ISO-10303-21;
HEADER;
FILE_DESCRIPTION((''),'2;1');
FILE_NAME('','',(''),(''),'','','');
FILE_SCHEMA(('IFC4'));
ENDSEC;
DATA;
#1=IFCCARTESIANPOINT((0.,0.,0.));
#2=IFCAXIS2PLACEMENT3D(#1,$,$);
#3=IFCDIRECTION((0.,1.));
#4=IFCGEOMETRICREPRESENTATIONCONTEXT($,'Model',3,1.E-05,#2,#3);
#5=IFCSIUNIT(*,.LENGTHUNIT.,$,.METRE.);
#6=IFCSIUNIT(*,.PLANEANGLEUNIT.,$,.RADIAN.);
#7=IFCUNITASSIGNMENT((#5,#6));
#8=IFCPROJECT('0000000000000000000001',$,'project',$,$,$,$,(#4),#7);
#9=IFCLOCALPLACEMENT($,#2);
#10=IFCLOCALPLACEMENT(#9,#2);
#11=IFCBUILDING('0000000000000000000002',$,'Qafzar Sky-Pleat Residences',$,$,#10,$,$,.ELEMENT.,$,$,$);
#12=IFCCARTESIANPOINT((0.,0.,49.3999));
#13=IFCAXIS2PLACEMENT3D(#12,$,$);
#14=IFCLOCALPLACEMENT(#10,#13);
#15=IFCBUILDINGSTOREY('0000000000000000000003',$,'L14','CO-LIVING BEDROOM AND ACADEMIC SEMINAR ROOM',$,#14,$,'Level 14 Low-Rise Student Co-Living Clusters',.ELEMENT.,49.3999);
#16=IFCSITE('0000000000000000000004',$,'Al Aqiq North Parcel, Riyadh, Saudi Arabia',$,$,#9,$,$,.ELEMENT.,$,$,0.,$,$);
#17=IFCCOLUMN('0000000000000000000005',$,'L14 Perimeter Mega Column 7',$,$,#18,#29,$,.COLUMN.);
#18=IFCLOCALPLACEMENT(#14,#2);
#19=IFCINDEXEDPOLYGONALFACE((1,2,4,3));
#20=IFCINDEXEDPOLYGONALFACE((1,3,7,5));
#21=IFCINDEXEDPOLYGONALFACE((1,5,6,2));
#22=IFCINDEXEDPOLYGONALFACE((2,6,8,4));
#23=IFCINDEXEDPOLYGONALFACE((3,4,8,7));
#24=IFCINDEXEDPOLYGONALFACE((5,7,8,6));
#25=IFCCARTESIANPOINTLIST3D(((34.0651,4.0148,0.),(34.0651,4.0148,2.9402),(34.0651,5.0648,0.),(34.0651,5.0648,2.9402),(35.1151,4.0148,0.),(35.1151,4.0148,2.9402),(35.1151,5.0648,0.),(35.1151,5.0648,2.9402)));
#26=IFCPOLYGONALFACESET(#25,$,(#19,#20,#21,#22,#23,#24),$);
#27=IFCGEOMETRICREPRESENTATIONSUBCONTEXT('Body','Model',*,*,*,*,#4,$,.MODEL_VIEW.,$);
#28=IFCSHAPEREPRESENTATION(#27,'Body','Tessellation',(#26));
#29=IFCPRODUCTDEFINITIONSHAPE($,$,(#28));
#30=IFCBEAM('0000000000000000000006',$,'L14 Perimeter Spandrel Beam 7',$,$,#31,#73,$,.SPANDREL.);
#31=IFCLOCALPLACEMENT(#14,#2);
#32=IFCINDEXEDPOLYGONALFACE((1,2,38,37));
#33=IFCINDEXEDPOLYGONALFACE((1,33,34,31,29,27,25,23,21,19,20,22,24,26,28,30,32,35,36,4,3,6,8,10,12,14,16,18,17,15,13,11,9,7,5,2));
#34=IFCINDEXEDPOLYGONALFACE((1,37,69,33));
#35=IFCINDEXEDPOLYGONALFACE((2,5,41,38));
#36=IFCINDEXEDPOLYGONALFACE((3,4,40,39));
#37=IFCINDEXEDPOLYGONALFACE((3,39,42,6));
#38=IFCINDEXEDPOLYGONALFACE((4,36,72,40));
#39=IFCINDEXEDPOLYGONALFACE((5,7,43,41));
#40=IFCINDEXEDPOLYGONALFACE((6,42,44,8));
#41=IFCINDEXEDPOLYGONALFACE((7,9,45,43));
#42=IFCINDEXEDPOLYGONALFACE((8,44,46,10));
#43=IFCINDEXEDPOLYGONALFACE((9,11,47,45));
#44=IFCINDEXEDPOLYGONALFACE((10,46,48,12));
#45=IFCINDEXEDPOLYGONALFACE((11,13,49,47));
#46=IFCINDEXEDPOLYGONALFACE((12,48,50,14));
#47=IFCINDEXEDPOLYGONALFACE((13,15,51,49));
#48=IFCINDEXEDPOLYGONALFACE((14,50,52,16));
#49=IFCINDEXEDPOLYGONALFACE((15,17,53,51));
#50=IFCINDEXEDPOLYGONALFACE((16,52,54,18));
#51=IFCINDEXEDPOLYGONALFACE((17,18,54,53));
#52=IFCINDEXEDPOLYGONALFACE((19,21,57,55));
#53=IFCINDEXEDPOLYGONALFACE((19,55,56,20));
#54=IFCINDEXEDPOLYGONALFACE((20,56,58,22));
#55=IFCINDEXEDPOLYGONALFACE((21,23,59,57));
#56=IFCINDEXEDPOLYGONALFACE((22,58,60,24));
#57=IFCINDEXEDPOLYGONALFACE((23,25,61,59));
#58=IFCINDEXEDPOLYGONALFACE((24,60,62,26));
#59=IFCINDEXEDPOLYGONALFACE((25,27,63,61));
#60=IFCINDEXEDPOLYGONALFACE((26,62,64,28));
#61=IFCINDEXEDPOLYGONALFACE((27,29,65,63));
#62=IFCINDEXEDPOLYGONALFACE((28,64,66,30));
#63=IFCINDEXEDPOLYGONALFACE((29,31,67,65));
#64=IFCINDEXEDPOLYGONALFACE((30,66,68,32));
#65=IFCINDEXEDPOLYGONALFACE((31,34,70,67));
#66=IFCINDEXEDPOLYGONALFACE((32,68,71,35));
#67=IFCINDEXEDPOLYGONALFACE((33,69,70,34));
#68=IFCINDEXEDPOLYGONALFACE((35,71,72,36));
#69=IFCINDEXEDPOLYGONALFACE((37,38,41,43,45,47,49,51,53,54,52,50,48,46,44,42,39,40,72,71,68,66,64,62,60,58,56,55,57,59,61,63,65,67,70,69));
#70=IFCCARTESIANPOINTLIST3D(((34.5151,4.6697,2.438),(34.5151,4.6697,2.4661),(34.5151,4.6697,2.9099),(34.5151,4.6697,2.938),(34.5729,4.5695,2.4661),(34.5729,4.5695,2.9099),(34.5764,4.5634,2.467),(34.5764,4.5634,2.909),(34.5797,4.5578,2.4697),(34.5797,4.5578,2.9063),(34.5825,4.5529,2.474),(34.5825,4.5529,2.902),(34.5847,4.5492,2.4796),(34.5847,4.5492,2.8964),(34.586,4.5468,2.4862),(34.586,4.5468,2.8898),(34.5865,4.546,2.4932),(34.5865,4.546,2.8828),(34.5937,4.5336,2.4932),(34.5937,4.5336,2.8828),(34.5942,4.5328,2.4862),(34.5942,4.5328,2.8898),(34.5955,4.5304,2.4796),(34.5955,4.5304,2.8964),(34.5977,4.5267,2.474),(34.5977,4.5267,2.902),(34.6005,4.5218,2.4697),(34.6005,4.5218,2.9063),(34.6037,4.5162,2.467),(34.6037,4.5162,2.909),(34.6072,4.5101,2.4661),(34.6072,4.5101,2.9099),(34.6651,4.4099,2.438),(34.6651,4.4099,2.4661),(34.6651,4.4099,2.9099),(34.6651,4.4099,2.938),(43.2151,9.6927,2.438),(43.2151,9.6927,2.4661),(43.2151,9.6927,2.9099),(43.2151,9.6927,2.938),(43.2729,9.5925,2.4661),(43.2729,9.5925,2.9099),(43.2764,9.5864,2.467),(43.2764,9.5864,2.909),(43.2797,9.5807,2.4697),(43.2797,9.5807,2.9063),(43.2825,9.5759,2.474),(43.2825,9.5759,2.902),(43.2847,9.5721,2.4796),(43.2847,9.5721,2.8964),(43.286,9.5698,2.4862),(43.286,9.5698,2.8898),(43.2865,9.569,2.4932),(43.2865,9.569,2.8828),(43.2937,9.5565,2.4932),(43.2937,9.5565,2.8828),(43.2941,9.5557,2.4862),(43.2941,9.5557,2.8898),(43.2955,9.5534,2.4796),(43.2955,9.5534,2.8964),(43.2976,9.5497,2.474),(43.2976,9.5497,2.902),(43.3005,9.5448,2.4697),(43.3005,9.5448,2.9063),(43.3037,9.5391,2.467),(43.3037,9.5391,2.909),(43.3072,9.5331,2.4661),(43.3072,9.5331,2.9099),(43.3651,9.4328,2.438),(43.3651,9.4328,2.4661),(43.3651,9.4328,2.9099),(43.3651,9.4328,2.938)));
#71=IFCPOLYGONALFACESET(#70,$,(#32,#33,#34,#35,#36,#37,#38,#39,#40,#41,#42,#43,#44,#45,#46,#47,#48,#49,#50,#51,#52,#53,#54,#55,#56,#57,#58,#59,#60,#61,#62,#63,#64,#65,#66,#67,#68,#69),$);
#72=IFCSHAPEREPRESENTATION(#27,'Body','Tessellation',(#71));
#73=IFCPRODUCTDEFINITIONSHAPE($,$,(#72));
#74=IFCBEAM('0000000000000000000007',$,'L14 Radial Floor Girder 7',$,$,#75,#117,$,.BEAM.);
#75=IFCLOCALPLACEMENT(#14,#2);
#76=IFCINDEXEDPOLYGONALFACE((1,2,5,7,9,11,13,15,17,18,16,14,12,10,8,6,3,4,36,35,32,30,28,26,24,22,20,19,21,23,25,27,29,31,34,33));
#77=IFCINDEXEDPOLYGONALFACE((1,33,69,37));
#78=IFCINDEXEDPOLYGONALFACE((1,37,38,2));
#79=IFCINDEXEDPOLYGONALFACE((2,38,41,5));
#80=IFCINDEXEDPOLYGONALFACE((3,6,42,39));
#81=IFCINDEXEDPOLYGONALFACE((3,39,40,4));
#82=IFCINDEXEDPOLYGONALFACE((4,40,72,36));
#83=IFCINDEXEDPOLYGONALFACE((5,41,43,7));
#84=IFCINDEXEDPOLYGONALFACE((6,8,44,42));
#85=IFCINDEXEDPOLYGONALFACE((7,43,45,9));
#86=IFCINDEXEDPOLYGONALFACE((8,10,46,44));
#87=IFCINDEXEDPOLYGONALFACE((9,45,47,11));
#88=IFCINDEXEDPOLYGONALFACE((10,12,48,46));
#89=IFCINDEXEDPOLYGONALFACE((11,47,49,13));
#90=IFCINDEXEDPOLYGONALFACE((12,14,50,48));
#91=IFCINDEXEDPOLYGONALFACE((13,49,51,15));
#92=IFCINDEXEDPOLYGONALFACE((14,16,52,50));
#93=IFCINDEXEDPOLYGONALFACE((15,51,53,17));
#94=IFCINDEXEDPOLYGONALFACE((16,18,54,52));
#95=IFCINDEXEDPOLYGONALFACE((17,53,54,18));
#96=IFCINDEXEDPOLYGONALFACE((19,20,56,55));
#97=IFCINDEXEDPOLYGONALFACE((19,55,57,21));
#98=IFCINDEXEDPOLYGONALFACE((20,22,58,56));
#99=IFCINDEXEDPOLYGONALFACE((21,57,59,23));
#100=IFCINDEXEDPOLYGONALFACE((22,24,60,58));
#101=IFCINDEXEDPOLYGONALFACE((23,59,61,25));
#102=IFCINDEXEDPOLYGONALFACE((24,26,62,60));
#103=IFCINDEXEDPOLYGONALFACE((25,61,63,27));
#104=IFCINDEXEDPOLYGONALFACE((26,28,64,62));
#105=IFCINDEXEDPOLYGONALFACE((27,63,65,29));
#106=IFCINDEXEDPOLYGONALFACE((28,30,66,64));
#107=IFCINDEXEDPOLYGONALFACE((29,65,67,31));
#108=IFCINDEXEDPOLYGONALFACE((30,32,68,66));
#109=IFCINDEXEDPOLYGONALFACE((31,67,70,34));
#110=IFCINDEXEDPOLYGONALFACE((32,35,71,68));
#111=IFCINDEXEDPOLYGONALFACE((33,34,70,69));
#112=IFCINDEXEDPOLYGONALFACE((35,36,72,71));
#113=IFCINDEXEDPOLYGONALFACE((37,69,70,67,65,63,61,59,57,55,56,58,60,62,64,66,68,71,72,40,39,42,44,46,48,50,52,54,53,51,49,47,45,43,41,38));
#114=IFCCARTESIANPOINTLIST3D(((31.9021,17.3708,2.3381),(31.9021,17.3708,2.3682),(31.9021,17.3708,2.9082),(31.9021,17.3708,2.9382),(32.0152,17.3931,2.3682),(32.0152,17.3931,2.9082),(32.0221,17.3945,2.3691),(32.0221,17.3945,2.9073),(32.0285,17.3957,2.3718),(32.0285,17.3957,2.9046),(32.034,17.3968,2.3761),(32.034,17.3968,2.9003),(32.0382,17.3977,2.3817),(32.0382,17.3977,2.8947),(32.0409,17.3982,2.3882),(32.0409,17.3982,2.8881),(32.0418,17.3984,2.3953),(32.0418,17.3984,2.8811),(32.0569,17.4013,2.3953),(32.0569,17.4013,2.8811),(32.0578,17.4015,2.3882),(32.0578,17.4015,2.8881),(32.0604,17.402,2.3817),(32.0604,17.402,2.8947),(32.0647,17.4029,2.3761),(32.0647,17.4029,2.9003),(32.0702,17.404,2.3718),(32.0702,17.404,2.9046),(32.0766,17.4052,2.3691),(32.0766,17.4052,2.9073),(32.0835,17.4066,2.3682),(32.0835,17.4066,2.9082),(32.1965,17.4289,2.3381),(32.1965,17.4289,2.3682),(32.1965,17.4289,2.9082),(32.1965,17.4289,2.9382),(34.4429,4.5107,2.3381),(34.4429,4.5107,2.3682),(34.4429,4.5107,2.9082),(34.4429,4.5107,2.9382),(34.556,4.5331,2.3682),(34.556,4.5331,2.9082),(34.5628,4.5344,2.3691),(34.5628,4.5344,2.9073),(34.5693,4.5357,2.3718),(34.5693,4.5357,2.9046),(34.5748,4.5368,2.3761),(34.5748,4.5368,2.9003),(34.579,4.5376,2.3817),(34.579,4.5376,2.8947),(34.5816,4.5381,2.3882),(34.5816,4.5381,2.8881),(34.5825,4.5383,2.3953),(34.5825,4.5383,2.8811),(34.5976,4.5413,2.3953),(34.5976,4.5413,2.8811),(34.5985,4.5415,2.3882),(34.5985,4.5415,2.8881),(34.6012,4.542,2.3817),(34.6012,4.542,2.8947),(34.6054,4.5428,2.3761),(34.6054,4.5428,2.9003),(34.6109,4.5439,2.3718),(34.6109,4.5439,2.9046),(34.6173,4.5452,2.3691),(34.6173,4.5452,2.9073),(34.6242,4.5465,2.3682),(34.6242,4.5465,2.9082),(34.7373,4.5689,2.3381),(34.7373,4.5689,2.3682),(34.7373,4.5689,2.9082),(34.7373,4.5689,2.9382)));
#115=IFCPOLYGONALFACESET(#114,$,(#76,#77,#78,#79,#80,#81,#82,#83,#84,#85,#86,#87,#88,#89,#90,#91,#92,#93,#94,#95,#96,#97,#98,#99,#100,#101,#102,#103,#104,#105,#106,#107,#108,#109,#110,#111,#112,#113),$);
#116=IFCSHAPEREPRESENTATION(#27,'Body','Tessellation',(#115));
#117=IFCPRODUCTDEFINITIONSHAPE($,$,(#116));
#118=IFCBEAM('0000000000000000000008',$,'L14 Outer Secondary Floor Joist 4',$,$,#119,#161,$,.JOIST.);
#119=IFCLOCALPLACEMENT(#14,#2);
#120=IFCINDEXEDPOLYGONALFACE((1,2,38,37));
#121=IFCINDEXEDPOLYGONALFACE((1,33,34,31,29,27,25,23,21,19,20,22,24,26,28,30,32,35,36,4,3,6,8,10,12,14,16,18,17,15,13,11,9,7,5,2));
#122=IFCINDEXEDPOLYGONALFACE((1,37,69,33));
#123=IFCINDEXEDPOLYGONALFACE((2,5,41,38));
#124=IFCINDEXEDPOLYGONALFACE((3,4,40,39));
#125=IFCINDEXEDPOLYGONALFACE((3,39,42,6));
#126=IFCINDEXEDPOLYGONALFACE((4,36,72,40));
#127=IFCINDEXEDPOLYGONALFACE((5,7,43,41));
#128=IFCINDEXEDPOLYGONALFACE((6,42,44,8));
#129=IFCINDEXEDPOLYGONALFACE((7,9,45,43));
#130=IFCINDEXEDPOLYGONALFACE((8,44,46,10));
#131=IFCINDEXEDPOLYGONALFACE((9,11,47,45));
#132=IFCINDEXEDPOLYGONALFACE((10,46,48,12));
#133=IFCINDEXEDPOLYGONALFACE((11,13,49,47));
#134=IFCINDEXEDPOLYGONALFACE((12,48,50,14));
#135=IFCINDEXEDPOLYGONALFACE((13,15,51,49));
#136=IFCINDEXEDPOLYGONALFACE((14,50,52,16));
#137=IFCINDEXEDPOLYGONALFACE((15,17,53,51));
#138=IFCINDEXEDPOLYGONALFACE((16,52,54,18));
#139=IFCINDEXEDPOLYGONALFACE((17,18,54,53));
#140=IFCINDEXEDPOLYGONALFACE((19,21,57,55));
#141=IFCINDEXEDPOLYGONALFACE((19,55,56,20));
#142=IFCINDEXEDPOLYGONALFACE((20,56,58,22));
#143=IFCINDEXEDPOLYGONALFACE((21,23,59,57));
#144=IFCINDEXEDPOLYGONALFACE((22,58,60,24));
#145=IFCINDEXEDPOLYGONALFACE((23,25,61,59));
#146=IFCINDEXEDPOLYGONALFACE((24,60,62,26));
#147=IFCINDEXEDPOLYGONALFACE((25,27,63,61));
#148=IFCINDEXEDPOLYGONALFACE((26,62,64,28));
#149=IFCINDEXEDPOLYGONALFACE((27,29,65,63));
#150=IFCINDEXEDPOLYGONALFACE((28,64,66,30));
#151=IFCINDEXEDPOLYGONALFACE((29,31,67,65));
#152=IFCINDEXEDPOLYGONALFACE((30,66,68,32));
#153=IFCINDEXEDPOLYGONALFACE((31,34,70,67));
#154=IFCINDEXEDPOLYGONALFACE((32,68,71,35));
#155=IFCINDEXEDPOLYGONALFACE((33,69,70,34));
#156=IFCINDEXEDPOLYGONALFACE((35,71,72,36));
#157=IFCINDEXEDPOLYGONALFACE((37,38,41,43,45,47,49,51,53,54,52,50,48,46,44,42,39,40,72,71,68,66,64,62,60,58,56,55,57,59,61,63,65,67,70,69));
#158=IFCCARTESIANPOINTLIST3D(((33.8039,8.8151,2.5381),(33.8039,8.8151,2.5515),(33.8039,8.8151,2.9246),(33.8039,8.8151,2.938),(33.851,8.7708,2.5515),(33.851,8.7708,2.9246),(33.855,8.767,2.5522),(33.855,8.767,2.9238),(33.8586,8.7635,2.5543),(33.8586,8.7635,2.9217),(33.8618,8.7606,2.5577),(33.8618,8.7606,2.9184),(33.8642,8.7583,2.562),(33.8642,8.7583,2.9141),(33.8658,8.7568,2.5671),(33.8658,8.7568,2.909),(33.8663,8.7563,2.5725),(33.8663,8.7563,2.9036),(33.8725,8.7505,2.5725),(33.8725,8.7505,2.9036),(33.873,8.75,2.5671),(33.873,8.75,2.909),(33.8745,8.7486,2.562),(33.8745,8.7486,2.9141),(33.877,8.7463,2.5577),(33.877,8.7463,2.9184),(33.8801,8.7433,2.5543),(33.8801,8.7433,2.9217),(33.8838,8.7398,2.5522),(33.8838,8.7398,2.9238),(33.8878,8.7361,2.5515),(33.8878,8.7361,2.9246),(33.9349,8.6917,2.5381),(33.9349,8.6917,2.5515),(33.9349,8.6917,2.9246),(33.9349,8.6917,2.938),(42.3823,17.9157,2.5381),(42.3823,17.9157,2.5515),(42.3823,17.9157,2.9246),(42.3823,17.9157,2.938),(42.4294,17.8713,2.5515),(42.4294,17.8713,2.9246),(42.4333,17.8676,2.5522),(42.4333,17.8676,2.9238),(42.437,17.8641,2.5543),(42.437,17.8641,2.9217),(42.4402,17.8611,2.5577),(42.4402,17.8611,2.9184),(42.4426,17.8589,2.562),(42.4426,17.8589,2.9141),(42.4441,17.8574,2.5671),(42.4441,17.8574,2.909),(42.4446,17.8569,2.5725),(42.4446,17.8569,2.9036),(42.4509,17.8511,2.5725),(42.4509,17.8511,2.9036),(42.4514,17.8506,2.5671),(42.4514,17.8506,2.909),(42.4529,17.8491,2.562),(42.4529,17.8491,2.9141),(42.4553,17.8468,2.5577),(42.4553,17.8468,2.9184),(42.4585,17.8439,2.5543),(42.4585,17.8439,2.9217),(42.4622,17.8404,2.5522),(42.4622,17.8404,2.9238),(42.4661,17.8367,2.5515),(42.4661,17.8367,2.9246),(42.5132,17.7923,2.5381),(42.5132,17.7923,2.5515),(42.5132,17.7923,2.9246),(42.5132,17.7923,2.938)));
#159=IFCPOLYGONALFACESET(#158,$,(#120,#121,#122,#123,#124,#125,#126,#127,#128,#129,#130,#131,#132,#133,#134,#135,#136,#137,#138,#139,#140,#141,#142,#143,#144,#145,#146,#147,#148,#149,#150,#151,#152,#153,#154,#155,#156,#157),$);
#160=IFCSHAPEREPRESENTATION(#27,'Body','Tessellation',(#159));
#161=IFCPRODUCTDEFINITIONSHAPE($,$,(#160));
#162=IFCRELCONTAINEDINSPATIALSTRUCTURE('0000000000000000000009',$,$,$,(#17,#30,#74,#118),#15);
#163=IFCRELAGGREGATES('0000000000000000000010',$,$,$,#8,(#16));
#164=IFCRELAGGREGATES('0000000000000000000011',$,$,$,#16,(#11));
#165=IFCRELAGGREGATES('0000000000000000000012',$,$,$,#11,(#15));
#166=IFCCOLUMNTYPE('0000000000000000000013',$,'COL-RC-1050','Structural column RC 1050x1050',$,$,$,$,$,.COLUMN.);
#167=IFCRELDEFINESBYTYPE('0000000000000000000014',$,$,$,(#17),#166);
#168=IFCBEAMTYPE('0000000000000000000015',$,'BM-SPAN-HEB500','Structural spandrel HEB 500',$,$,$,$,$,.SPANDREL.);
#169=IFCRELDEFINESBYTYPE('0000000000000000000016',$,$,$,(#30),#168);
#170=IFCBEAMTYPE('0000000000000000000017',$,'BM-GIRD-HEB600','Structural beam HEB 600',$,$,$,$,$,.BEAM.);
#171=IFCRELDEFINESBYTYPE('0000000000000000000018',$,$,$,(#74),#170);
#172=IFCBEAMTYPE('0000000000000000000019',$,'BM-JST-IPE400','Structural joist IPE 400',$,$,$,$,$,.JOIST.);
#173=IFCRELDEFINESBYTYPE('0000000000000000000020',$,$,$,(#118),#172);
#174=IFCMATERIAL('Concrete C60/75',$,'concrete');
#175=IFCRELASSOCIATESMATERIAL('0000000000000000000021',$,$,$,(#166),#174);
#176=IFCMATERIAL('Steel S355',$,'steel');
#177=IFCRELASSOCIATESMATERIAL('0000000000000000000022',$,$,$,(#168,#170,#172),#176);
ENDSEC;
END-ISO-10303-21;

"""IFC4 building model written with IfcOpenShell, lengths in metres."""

from ifc_helpers import new_model, si_unit, direction, frame, origin, origin_2d, place, context, subcontext, project, spatial, rectangle, i_section, extrude, source, transform, mapped, material, material_profile, profile_set, type_object, element, save


model = new_model("IFC4")

# Units and contexts
model_context = context("Model", 3, precision=1e-05, world=origin(), true_north=direction((0.0, 1.0)))
body_context = subcontext(model_context, "Body", "Model", "MODEL_VIEW")
ifc_project = project(units=[si_unit("LENGTHUNIT", "METRE"), si_unit("PLANEANGLEUNIT", "RADIAN")], contexts=[model_context])

# Site, building, storey
site_placement = place(None, origin())
site = spatial("IfcSite", under=ifc_project, at=site_placement, Name="Al Aqiq North Parcel, Riyadh, Saudi Arabia", CompositionType="ELEMENT", RefElevation=0.0)
building_placement = place(site_placement, origin())
building = spatial("IfcBuilding", under=site, at=building_placement, Name="Qafzar Sky-Pleat Residences", CompositionType="ELEMENT")
storey_placement = place(building_placement, frame((0.0, 0.0, 49.3999)))
storey = spatial("IfcBuildingStorey", under=building, at=storey_placement, Name="L14", Description="CO-LIVING BEDROOM AND ACADEMIC SEMINAR ROOM", LongName="Level 14 Low-Rise Student Co-Living Clusters", CompositionType="ELEMENT", Elevation=49.3999)

# Column
ifc_material_1 = material(Name="Concrete C60/75", Category="concrete")
ifc_material_profile_1 = material_profile(ifc_material_1, rectangle(XDim=1.05, YDim=1.05, at=origin_2d()), Name="RC 1050x1050")
ifc_profile_set_1 = profile_set([ifc_material_profile_1], Name="Concrete C60/75")
column_type = type_object("IfcColumnType", Name="COL-RC-1050", Description="Structural column RC 1050x1050", PredefinedType="COLUMN", material=ifc_profile_set_1)
shared_shape_1 = source(origin(), body_context, "Body", "SweptSolid", [
    extrude(rectangle(XDim=1.05, YDim=1.05, at=origin_2d()), origin(), (0.0, 0.0, 1.0), 2.9402),
])
column_placement = place(storey_placement, frame((34.5901, 4.5398, 0.0), z_axis=(0.0, 0.0, 1.0), x_axis=(1.0, 0.0, 0.0)))
element("IfcColumn", 1, at=column_placement, inside=storey, type_object=column_type, Name="L14 Perimeter Mega Column 7", PredefinedType="COLUMN", context=body_context, shape_type="MappedRepresentation", body=[
    mapped(shared_shape_1, transform((0.0, 0.0, 0.0), x_axis=(1.0, 0.0, 0.0), y_axis=(0.0, 1.0, 0.0), z_axis=(0.0, 0.0, 1.0), scale=1.0)),
])

# Beams
ifc_material_2 = material(Name="Steel S355", Category="steel")
ifc_material_profile_2 = material_profile(ifc_material_2, i_section(OverallWidth=0.3, OverallDepth=0.5, WebThickness=0.0144, FlangeThickness=0.0281, FilletRadius=0.0271, at=origin_2d()), Name="HEB 500")
ifc_profile_set_2 = profile_set([ifc_material_profile_2], Name="Steel S355")
beam_type_1 = type_object("IfcBeamType", Name="BM-SPAN-HEB500", Description="Structural spandrel HEB 500", PredefinedType="SPANDREL", material=ifc_profile_set_2)
shared_shape_2 = source(origin(), body_context, "Body", "SweptSolid", [
    extrude(i_section(OverallWidth=0.3, OverallDepth=0.5, WebThickness=0.0144, FlangeThickness=0.0281, FilletRadius=0.0271, at=origin_2d()), origin(), (0.0, 0.0, 1.0), 10.0459),
])
beam_1_placement = place(storey_placement, frame((34.5901, 4.5398, 2.688), z_axis=(0.866024, 0.500002, 0.0), x_axis=(-0.500002, 0.866024, 0.0)))
element("IfcBeam", 2, at=beam_1_placement, inside=storey, type_object=beam_type_1, Name="L14 Perimeter Spandrel Beam 7", PredefinedType="SPANDREL", context=body_context, shape_type="MappedRepresentation", body=[
    mapped(shared_shape_2, transform((0.0, 0.0, 0.0), x_axis=(1.0, 0.0, 0.0), y_axis=(0.0, 1.0, 0.0), z_axis=(0.0, 0.0, 1.0), scale=1.0)),
])
ifc_material_profile_3 = material_profile(ifc_material_2, i_section(OverallWidth=0.3, OverallDepth=0.6001, WebThickness=0.0154, FlangeThickness=0.03, FilletRadius=0.0271, at=origin_2d()), Name="HEB 600")
ifc_profile_set_3 = profile_set([ifc_material_profile_3], Name="Steel S355")
beam_type_2 = type_object("IfcBeamType", Name="BM-GIRD-HEB600", Description="Structural beam HEB 600", PredefinedType="BEAM", material=ifc_profile_set_3)
shared_shape_3 = source(origin(), body_context, "Body", "SweptSolid", [
    extrude(i_section(OverallWidth=0.3, OverallDepth=0.6001, WebThickness=0.0154, FlangeThickness=0.03, FilletRadius=0.0271, at=origin_2d()), origin(), (0.0, 0.0, 1.0), 13.1086),
])
beam_2_placement = place(storey_placement, frame((34.5901, 4.5398, 2.6382), z_axis=(-0.193823, 0.981036, 0.0), x_axis=(-0.981036, -0.193823, 0.0)))
element("IfcBeam", 3, at=beam_2_placement, inside=storey, type_object=beam_type_2, Name="L14 Radial Floor Girder 7", PredefinedType="BEAM", context=body_context, shape_type="MappedRepresentation", body=[
    mapped(shared_shape_3, transform((0.0, 0.0, 0.0), x_axis=(1.0, 0.0, 0.0), y_axis=(0.0, 1.0, 0.0), z_axis=(0.0, 0.0, 1.0), scale=1.0)),
])
ifc_material_profile_4 = material_profile(ifc_material_2, i_section(OverallWidth=0.1799, OverallDepth=0.3999, WebThickness=0.0085, FlangeThickness=0.0134, FilletRadius=0.021, at=origin_2d()), Name="IPE 400")
ifc_profile_set_4 = profile_set([ifc_material_profile_4], Name="Steel S355")
beam_type_3 = type_object("IfcBeamType", Name="BM-JST-IPE400", Description="Structural joist IPE 400", PredefinedType="JOIST", material=ifc_profile_set_4)
shared_shape_4 = source(origin(), body_context, "Body", "SweptSolid", [
    extrude(i_section(OverallWidth=0.1799, OverallDepth=0.3999, WebThickness=0.0085, FlangeThickness=0.0134, FilletRadius=0.021, at=origin_2d()), origin(), (0.0, 0.0, 1.0), 12.5063),
])
beam_3_placement = place(storey_placement, frame((33.8694, 8.7534, 2.738), z_axis=(0.68592, 0.727677, 0.0), x_axis=(-0.727677, 0.68592, 0.0)))
element("IfcBeam", 4, at=beam_3_placement, inside=storey, type_object=beam_type_3, Name="L14 Outer Secondary Floor Joist 4", PredefinedType="JOIST", context=body_context, shape_type="MappedRepresentation", body=[
    mapped(shared_shape_4, transform((0.0, 0.0, 0.0), x_axis=(1.0, 0.0, 0.0), y_axis=(0.0, 1.0, 0.0), z_axis=(0.0, 0.0, 1.0), scale=1.0)),
])

save(model, "model.ifc")
